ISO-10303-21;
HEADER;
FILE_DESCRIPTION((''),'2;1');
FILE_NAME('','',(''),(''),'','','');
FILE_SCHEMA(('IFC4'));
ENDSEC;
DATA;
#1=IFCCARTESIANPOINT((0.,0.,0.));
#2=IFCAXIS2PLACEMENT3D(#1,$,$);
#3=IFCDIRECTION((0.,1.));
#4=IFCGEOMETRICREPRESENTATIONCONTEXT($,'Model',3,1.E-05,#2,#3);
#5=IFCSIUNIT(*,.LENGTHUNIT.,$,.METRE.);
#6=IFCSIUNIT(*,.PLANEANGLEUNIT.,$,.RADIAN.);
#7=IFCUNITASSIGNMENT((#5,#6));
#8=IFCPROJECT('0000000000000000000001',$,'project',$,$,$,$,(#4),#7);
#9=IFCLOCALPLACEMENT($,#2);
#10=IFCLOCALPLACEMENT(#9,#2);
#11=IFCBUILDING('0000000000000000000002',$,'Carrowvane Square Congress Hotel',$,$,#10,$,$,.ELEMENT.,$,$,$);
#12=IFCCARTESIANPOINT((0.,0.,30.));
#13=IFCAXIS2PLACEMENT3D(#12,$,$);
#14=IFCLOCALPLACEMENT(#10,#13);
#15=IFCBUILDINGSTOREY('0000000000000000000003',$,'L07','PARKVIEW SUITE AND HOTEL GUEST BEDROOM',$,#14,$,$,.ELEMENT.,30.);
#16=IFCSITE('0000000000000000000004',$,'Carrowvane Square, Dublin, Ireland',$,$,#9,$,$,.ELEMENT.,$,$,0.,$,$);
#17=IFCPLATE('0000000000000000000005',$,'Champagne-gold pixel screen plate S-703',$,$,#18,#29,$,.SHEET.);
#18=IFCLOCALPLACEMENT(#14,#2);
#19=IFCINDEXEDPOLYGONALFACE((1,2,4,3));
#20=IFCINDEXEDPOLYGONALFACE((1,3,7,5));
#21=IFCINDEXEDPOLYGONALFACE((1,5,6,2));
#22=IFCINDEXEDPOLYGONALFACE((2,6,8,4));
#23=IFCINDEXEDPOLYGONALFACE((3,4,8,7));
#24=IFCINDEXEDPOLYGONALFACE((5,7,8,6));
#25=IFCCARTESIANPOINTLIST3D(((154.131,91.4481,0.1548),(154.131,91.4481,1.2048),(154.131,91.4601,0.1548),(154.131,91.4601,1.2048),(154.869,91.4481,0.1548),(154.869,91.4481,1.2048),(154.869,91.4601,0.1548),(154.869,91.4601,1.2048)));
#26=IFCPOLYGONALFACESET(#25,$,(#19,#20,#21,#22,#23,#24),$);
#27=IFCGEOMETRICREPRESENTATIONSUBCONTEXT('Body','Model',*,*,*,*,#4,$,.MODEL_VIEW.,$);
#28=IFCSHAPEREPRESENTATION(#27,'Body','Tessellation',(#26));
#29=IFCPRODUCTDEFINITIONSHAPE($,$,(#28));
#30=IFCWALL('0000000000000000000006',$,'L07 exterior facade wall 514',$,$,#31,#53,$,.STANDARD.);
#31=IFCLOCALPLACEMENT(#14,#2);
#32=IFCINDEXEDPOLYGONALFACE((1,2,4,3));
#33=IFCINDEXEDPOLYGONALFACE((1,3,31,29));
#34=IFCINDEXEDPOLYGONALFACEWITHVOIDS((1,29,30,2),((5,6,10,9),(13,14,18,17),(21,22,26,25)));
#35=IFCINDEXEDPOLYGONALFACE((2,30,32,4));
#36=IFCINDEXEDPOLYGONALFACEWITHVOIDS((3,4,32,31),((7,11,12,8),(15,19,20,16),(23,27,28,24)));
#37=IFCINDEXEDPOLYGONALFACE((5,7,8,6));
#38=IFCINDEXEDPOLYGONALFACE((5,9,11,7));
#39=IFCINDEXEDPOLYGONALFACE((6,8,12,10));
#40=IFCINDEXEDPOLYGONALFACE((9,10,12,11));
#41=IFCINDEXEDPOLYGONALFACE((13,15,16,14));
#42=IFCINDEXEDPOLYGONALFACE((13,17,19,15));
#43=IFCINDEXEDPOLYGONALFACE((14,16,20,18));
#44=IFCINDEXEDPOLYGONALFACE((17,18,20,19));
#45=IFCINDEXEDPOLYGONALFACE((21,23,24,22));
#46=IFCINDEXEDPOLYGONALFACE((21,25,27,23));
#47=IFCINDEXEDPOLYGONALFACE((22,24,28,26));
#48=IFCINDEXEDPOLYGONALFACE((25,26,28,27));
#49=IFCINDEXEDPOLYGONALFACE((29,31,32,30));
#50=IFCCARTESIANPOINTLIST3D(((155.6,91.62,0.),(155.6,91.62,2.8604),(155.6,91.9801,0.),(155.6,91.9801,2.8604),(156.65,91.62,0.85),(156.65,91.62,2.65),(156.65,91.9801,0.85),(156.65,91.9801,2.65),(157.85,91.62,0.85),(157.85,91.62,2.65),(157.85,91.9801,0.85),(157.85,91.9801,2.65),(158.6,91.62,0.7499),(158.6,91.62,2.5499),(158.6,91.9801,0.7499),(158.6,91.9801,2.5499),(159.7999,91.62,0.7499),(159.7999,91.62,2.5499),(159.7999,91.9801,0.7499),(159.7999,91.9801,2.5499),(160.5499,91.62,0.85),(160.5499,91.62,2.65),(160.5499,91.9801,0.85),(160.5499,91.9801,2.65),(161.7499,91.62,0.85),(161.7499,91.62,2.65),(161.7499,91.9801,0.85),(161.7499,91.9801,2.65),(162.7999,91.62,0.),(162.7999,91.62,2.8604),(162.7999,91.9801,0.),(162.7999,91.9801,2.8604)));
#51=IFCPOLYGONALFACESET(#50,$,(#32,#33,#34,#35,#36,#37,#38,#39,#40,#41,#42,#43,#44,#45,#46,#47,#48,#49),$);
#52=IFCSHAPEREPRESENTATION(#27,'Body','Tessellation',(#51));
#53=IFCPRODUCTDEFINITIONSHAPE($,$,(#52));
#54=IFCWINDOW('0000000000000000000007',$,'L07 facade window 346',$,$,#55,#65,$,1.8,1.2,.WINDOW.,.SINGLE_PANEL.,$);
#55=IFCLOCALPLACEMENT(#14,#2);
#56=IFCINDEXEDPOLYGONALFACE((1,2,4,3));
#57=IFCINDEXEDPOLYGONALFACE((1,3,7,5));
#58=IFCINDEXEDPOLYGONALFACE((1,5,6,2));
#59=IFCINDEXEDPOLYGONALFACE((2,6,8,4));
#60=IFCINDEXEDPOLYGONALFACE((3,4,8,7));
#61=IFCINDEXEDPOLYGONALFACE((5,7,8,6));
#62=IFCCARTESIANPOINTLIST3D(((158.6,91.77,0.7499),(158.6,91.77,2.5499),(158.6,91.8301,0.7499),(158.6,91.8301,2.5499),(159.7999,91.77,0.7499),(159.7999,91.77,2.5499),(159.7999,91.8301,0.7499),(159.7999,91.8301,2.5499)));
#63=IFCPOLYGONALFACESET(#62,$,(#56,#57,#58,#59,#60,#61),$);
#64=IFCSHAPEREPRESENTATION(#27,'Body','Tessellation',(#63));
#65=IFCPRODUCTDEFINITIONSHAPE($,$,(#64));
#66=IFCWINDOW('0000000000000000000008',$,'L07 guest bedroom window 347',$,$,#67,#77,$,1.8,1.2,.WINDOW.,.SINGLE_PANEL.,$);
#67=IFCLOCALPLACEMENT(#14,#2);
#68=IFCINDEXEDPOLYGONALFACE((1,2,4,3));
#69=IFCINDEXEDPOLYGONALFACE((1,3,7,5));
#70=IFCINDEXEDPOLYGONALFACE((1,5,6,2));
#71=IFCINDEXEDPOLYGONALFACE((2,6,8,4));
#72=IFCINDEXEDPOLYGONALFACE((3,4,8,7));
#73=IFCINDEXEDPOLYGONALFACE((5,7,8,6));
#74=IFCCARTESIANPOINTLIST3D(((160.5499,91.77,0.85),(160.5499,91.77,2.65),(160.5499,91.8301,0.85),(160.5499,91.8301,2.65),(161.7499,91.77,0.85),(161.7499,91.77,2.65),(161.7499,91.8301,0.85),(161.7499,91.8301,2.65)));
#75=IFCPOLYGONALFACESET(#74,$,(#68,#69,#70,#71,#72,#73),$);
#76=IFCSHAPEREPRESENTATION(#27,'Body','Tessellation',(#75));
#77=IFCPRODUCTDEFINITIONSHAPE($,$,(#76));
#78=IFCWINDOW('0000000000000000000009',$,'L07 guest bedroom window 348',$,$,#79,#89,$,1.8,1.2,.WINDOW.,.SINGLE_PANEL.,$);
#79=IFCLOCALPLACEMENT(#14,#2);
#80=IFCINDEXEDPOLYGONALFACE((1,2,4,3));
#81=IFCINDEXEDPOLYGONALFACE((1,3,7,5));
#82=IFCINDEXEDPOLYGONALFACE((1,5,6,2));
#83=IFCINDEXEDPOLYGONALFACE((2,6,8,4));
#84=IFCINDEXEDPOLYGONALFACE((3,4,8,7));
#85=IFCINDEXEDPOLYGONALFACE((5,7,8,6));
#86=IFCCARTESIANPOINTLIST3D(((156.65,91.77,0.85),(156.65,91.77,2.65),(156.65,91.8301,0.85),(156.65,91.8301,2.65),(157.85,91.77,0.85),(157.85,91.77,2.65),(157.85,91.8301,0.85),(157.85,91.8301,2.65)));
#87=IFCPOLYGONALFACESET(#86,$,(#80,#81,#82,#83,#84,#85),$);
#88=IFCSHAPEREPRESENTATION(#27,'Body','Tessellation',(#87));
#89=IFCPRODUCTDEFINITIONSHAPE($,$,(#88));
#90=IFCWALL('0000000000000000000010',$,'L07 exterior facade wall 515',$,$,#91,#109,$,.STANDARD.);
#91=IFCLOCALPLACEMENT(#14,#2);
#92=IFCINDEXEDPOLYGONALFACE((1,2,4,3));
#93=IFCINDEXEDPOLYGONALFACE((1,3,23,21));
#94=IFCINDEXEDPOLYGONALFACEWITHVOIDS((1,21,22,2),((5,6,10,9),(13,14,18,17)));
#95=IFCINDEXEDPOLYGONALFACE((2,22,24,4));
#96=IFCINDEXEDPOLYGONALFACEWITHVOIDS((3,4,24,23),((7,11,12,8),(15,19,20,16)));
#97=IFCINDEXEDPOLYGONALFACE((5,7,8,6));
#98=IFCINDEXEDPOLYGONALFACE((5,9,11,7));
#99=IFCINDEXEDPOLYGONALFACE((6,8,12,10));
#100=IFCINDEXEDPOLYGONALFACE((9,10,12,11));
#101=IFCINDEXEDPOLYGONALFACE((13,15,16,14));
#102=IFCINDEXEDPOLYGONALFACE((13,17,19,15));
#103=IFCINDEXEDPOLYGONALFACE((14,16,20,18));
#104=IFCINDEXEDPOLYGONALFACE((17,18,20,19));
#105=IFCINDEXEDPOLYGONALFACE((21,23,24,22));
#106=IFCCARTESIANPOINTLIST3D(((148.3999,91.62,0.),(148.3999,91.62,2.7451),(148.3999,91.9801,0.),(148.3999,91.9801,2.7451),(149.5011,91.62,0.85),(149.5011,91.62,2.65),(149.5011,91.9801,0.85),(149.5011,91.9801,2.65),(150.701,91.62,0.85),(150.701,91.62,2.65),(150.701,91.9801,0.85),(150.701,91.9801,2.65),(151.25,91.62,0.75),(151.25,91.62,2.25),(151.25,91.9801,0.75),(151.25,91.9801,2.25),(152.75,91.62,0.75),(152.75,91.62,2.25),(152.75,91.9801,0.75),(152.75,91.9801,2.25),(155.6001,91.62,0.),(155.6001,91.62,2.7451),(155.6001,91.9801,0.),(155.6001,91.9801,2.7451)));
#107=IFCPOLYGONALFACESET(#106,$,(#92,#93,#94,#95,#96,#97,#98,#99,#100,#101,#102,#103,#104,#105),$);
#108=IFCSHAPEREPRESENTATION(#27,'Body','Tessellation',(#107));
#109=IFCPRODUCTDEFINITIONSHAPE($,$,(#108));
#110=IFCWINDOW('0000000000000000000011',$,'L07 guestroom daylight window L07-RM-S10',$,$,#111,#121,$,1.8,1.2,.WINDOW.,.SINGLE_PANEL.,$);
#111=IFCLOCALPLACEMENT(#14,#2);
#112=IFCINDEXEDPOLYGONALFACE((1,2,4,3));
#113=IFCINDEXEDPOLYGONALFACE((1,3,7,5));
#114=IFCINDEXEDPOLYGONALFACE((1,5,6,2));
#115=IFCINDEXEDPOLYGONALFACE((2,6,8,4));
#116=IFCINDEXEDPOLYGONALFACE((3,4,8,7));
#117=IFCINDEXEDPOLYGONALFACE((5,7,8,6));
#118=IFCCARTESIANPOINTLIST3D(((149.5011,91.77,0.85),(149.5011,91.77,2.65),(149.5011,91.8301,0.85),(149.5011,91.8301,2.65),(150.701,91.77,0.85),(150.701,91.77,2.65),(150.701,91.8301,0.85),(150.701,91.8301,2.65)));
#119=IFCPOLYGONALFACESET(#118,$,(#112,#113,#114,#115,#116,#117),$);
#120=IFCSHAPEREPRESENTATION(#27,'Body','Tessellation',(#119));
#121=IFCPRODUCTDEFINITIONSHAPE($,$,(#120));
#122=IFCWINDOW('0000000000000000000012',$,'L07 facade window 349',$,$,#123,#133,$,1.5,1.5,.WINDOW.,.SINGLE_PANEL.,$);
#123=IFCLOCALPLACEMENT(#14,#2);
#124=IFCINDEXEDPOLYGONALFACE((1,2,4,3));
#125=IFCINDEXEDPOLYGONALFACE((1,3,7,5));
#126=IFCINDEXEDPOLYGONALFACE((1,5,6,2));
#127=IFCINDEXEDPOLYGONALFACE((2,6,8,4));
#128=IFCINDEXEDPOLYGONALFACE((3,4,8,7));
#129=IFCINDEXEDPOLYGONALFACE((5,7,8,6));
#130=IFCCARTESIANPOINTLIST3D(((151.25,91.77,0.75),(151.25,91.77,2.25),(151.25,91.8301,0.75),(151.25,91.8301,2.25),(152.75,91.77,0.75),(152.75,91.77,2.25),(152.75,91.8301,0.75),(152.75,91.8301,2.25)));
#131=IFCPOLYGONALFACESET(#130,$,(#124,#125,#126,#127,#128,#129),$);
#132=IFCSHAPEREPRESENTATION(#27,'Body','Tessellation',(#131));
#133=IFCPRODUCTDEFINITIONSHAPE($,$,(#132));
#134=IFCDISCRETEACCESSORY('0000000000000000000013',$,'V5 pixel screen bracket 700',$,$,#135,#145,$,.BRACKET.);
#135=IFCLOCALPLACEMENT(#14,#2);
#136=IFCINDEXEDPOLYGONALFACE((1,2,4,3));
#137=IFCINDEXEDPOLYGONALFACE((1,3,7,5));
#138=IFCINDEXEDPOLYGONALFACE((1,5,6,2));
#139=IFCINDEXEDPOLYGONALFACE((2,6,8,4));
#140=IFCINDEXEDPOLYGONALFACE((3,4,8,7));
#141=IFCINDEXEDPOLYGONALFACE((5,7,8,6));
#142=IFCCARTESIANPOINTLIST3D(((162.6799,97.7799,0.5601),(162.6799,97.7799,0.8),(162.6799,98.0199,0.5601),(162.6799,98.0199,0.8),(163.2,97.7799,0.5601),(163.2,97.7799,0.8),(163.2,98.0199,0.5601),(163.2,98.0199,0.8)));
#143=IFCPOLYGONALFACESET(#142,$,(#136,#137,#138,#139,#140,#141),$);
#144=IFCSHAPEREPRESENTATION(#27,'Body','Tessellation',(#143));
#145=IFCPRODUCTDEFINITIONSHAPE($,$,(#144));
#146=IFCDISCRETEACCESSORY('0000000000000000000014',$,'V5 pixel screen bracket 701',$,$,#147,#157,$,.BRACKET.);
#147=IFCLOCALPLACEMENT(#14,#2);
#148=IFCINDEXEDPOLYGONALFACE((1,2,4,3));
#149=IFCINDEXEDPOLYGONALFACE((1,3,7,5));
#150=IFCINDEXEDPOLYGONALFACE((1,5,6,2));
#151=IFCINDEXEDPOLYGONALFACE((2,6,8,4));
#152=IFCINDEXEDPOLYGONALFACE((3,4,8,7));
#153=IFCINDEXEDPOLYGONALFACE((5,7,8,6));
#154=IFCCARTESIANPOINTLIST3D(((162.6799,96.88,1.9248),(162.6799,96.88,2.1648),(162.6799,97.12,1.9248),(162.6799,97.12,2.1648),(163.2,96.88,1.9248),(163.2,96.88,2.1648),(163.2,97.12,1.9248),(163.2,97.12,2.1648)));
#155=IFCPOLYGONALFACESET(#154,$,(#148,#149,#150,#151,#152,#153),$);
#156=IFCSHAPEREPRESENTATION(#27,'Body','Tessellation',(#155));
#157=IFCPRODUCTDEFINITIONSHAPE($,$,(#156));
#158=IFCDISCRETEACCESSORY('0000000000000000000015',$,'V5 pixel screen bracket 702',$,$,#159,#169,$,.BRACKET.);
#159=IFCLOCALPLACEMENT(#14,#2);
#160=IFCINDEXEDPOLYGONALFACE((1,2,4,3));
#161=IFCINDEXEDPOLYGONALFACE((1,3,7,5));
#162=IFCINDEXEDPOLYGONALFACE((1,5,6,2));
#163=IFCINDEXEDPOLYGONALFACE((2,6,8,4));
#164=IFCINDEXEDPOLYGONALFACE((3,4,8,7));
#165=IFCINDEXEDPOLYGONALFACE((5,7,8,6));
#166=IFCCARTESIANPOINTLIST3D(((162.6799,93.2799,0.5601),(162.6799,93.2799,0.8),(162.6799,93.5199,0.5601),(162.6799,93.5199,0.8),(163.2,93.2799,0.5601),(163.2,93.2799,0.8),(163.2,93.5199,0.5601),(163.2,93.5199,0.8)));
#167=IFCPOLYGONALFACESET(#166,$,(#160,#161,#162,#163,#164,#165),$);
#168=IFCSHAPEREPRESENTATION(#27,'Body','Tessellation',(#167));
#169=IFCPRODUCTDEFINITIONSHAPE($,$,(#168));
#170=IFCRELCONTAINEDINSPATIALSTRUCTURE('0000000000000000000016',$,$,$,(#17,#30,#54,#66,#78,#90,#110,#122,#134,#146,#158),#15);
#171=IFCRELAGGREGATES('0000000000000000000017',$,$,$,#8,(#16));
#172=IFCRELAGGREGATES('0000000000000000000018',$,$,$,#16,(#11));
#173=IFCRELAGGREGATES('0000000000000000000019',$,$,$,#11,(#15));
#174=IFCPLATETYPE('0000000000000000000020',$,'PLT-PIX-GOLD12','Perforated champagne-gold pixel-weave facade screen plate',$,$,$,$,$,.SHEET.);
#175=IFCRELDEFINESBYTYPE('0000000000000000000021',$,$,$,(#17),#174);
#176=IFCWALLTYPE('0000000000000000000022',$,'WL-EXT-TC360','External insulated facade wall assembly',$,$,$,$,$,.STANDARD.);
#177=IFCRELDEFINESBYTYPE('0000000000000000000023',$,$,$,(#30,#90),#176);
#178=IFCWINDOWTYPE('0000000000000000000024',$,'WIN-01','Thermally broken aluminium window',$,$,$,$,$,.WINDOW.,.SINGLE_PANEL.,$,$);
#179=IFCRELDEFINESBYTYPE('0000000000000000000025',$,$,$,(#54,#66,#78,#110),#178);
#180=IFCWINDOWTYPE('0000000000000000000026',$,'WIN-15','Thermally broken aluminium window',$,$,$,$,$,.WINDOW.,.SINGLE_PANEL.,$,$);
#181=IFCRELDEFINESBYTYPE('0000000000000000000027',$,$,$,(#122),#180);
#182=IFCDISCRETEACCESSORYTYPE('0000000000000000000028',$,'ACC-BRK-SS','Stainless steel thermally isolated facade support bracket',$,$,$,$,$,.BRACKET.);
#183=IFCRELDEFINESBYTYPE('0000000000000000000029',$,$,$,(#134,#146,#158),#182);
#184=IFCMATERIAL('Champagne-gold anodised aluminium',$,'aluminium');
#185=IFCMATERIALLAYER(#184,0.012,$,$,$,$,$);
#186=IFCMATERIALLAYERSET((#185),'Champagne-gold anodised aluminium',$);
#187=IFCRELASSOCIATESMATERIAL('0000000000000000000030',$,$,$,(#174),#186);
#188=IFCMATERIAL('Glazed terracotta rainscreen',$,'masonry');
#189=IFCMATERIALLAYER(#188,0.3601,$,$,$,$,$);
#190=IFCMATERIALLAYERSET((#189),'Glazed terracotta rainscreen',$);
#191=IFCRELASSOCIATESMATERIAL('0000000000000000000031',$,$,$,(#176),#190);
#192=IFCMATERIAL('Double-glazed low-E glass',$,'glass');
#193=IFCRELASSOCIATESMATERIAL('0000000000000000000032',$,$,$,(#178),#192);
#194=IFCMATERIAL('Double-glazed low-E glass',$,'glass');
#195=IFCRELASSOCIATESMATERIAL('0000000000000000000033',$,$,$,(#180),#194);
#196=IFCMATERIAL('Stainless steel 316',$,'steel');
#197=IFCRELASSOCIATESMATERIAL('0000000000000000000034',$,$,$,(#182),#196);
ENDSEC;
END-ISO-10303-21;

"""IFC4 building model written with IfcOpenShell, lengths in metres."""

from ifc_helpers import new_model, si_unit, direction, frame, frame_2d, origin, origin_2d, place, context, subcontext, project, spatial, rectangle, extrude, material, layer, layer_set, type_object, element, fill, save


model = new_model("IFC4")

# Units and contexts
model_context = context("Model", 3, precision=1e-05, world=origin(), true_north=direction((0.0, 1.0)))
body_context = subcontext(model_context, "Body", "Model", "MODEL_VIEW")
ifc_project = project(units=[si_unit("LENGTHUNIT", "METRE"), si_unit("PLANEANGLEUNIT", "RADIAN")], contexts=[model_context])

# Site, building, storey
site_placement = place(None, origin())
site = spatial("IfcSite", under=ifc_project, at=site_placement, Name="Carrowvane Square, Dublin, Ireland", CompositionType="ELEMENT", RefElevation=0.0)
building_placement = place(site_placement, origin())
building = spatial("IfcBuilding", under=site, at=building_placement, Name="Carrowvane Square Congress Hotel", CompositionType="ELEMENT")
storey_placement = place(building_placement, frame((0.0, 0.0, 30.0)))
storey = spatial("IfcBuildingStorey", under=building, at=storey_placement, Name="L07", Description="PARKVIEW SUITE AND HOTEL GUEST BEDROOM", CompositionType="ELEMENT", Elevation=30.0)

# Plate
ifc_material_1 = material(Name="Champagne-gold anodised aluminium", Category="aluminium")
ifc_layer_1 = layer(ifc_material_1, 0.012)
ifc_layer_set_1 = layer_set([ifc_layer_1], Name="Champagne-gold anodised aluminium")
plate_type = type_object("IfcPlateType", Name="PLT-PIX-GOLD12", Description="Perforated champagne-gold pixel-weave facade screen plate", PredefinedType="SHEET", material=ifc_layer_set_1)
for number, where, z_axis, x_axis, name in (
    (1, (154.5, 91.4541, 0.1548), (0.0, 0.0, 1.0), (-1.0, 0.0, 0.0), "Champagne-gold pixel screen plate S-703"),
):
    element("IfcPlate", number, at=place(storey_placement, frame(where, z_axis=z_axis, x_axis=x_axis)), inside=storey, type_object=plate_type, Name=name, PredefinedType="SHEET", context=body_context, shape_type="SweptSolid", body=[
        extrude(rectangle(XDim=0.738, YDim=0.012, at=origin_2d()), origin(), (0.0, 0.0, 1.0), 1.05),
    ])

# Walls, openings, windows
ifc_material_2 = material(Name="Glazed terracotta rainscreen", Category="masonry")
ifc_layer_2 = layer(ifc_material_2, 0.3601)
ifc_layer_set_2 = layer_set([ifc_layer_2], Name="Glazed terracotta rainscreen")
wall_type = type_object("IfcWallType", Name="WL-EXT-TC360", Description="External insulated facade wall assembly", PredefinedType="STANDARD", material=ifc_layer_set_2)
wall_1_placement = place(storey_placement, frame((162.8, 91.8, 0.0), z_axis=(0.0, 0.0, 1.0), x_axis=(-1.0, 0.0, 0.0)))
wall_1 = element("IfcWall", 2, at=wall_1_placement, inside=storey, type_object=wall_type, Name="L07 exterior facade wall 514", PredefinedType="STANDARD", context=body_context, shape_type="SweptSolid", body=[
    extrude(rectangle(XDim=7.2, YDim=0.3601, at=frame_2d((3.6001, 0.0))), origin(), (0.0, 0.0, 1.0), 2.8604),
])
opening_1_placement = place(wall_1_placement, frame((3.0, 0.0, 0.75)))
opening_1 = element("IfcOpeningElement", 3, at=opening_1_placement, cuts=wall_1, PredefinedType="OPENING", context=body_context, shape_type="SweptSolid", body=[
    extrude(rectangle(XDim=1.2, YDim=1.8, at=frame_2d((0.6001, 0.8999))), frame((0.0, 0.1899, 0.0), z_axis=(0.0, -1.0, 0.0), x_axis=(1.0, 0.0, 0.0)), (0.0, 0.0, 1.0), 0.3801),
])
opening_2_placement = place(wall_1_placement, frame((1.05, 0.0, 0.8501)))
opening_2 = element("IfcOpeningElement", 4, at=opening_2_placement, cuts=wall_1, PredefinedType="OPENING", context=body_context, shape_type="SweptSolid", body=[
    extrude(rectangle(XDim=1.2, YDim=1.8, at=frame_2d((0.6001, 0.8999))), frame((0.0, 0.1899, 0.0), z_axis=(0.0, -1.0, 0.0), x_axis=(1.0, 0.0, 0.0)), (0.0, 0.0, 1.0), 0.3801),
])
opening_3_placement = place(wall_1_placement, frame((4.95, 0.0, 0.8501)))
opening_3 = element("IfcOpeningElement", 5, at=opening_3_placement, cuts=wall_1, PredefinedType="OPENING", context=body_context, shape_type="SweptSolid", body=[
    extrude(rectangle(XDim=1.2, YDim=1.8, at=frame_2d((0.6001, 0.8999))), frame((0.0, 0.1899, 0.0), z_axis=(0.0, -1.0, 0.0), x_axis=(1.0, 0.0, 0.0)), (0.0, 0.0, 1.0), 0.3801),
])
ifc_material_3 = material(Name="Double-glazed low-E glass", Category="glass")
window_type_1 = type_object("IfcWindowType", Name="WIN-01", Description="Thermally broken aluminium window", PartitioningType="SINGLE_PANEL", PredefinedType="WINDOW", material=ifc_material_3)
window_1_placement = place(opening_1_placement, origin())
window_1 = element("IfcWindow", 6, at=window_1_placement, inside=storey, type_object=window_type_1, Name="L07 facade window 346", OverallHeight=1.8, OverallWidth=1.2, PartitioningType="SINGLE_PANEL", PredefinedType="WINDOW", context=body_context, shape_type="SweptSolid", body=[
    extrude(rectangle(XDim=1.2, YDim=1.8, at=frame_2d((0.6001, 0.8999))), frame((0.0, 0.03, 0.0), z_axis=(0.0, -1.0, 0.0), x_axis=(1.0, 0.0, 0.0)), (0.0, 0.0, 1.0), 0.0601),
])
fill(opening_1, window_1)
window_2_placement = place(opening_2_placement, origin())
window_2 = element("IfcWindow", 7, at=window_2_placement, inside=storey, type_object=window_type_1, Name="L07 guest bedroom window 347", OverallHeight=1.8, OverallWidth=1.2, PartitioningType="SINGLE_PANEL", PredefinedType="WINDOW", context=body_context, shape_type="SweptSolid", body=[
    extrude(rectangle(XDim=1.2, YDim=1.8, at=frame_2d((0.6001, 0.8999))), frame((0.0, 0.03, 0.0), z_axis=(0.0, -1.0, 0.0), x_axis=(1.0, 0.0, 0.0)), (0.0, 0.0, 1.0), 0.0601),
])
fill(opening_2, window_2)
window_3_placement = place(opening_3_placement, origin())
window_3 = element("IfcWindow", 8, at=window_3_placement, inside=storey, type_object=window_type_1, Name="L07 guest bedroom window 348", OverallHeight=1.8, OverallWidth=1.2, PartitioningType="SINGLE_PANEL", PredefinedType="WINDOW", context=body_context, shape_type="SweptSolid", body=[
    extrude(rectangle(XDim=1.2, YDim=1.8, at=frame_2d((0.6001, 0.8999))), frame((0.0, 0.03, 0.0), z_axis=(0.0, -1.0, 0.0), x_axis=(1.0, 0.0, 0.0)), (0.0, 0.0, 1.0), 0.0601),
])
fill(opening_3, window_3)
wall_2_placement = place(storey_placement, frame((155.6001, 91.8, 0.0), z_axis=(0.0, 0.0, 1.0), x_axis=(-1.0, 0.0, 0.0)))
wall_2 = element("IfcWall", 9, at=wall_2_placement, inside=storey, type_object=wall_type, Name="L07 exterior facade wall 515", PredefinedType="STANDARD", context=body_context, shape_type="SweptSolid", body=[
    extrude(rectangle(XDim=7.2002, YDim=0.3601, at=frame_2d((3.6001, 0.0))), origin(), (0.0, 0.0, 1.0), 2.7451),
])
opening_4_placement = place(wall_2_placement, frame((2.8501, 0.0, 0.75)))
opening_4 = element("IfcOpeningElement", 10, at=opening_4_placement, cuts=wall_2, PredefinedType="OPENING", context=body_context, shape_type="SweptSolid", body=[
    extrude(rectangle(XDim=1.5, YDim=1.5, at=frame_2d((0.75, 0.75))), frame((0.0, 0.1899, 0.0), z_axis=(0.0, -1.0, 0.0), x_axis=(1.0, 0.0, 0.0)), (0.0, 0.0, 1.0), 0.3801),
])
opening_5_placement = place(wall_2_placement, frame((4.8989, 0.0, 0.8501)))
opening_5 = element("IfcOpeningElement", 11, at=opening_5_placement, cuts=wall_2, PredefinedType="OPENING", context=body_context, shape_type="SweptSolid", body=[
    extrude(rectangle(XDim=1.2, YDim=1.8, at=frame_2d((0.6001, 0.8999))), frame((0.0, 0.1899, 0.0), z_axis=(0.0, -1.0, 0.0), x_axis=(1.0, 0.0, 0.0)), (0.0, 0.0, 1.0), 0.3801),
])
window_4_placement = place(opening_5_placement, origin())
window_4 = element("IfcWindow", 12, at=window_4_placement, inside=storey, type_object=window_type_1, Name="L07 guestroom daylight window L07-RM-S10", OverallHeight=1.8, OverallWidth=1.2, PartitioningType="SINGLE_PANEL", PredefinedType="WINDOW", context=body_context, shape_type="SweptSolid", body=[
    extrude(rectangle(XDim=1.2, YDim=1.8, at=frame_2d((0.6001, 0.8999))), frame((0.0, 0.03, 0.0), z_axis=(0.0, -1.0, 0.0), x_axis=(1.0, 0.0, 0.0)), (0.0, 0.0, 1.0), 0.0601),
])
fill(opening_5, window_4)
ifc_material_4 = material(Name="Double-glazed low-E glass", Category="glass")
window_type_2 = type_object("IfcWindowType", Name="WIN-15", Description="Thermally broken aluminium window", PartitioningType="SINGLE_PANEL", PredefinedType="WINDOW", material=ifc_material_4)
window_5_placement = place(opening_4_placement, origin())
window_5 = element("IfcWindow", 13, at=window_5_placement, inside=storey, type_object=window_type_2, Name="L07 facade window 349", OverallHeight=1.5, OverallWidth=1.5, PartitioningType="SINGLE_PANEL", PredefinedType="WINDOW", context=body_context, shape_type="SweptSolid", body=[
    extrude(rectangle(XDim=1.5, YDim=1.5, at=frame_2d((0.75, 0.75))), frame((0.0, 0.03, 0.0), z_axis=(0.0, -1.0, 0.0), x_axis=(1.0, 0.0, 0.0)), (0.0, 0.0, 1.0), 0.0601),
])
fill(opening_4, window_5)

# Discrete accessories
ifc_material_5 = material(Name="Stainless steel 316", Category="steel")
discrete_accessory_type = type_object("IfcDiscreteAccessoryType", Name="ACC-BRK-SS", Description="Stainless steel thermally isolated facade support bracket", PredefinedType="BRACKET", material=ifc_material_5)
for number, where, z_axis, x_axis, name in (
    (14, (162.9399, 97.8999, 0.5601), (0.0, 0.0, 1.0), (0.0, -1.0, 0.0), "V5 pixel screen bracket 700"),
    (15, (162.9399, 97.0, 1.9248), (0.0, 0.0, 1.0), (0.0, -1.0, 0.0), "V5 pixel screen bracket 701"),
    (16, (162.9399, 93.3999, 0.5601), (0.0, 0.0, 1.0), (0.0, -1.0, 0.0), "V5 pixel screen bracket 702"),
):
    element("IfcDiscreteAccessory", number, at=place(storey_placement, frame(where, z_axis=z_axis, x_axis=x_axis)), inside=storey, type_object=discrete_accessory_type, Name=name, PredefinedType="BRACKET", context=body_context, shape_type="SweptSolid", body=[
        extrude(rectangle(XDim=0.24, YDim=0.52, at=origin_2d()), origin(), (0.0, 0.0, 1.0), 0.24),
    ])

save(model, "model.ifc")
